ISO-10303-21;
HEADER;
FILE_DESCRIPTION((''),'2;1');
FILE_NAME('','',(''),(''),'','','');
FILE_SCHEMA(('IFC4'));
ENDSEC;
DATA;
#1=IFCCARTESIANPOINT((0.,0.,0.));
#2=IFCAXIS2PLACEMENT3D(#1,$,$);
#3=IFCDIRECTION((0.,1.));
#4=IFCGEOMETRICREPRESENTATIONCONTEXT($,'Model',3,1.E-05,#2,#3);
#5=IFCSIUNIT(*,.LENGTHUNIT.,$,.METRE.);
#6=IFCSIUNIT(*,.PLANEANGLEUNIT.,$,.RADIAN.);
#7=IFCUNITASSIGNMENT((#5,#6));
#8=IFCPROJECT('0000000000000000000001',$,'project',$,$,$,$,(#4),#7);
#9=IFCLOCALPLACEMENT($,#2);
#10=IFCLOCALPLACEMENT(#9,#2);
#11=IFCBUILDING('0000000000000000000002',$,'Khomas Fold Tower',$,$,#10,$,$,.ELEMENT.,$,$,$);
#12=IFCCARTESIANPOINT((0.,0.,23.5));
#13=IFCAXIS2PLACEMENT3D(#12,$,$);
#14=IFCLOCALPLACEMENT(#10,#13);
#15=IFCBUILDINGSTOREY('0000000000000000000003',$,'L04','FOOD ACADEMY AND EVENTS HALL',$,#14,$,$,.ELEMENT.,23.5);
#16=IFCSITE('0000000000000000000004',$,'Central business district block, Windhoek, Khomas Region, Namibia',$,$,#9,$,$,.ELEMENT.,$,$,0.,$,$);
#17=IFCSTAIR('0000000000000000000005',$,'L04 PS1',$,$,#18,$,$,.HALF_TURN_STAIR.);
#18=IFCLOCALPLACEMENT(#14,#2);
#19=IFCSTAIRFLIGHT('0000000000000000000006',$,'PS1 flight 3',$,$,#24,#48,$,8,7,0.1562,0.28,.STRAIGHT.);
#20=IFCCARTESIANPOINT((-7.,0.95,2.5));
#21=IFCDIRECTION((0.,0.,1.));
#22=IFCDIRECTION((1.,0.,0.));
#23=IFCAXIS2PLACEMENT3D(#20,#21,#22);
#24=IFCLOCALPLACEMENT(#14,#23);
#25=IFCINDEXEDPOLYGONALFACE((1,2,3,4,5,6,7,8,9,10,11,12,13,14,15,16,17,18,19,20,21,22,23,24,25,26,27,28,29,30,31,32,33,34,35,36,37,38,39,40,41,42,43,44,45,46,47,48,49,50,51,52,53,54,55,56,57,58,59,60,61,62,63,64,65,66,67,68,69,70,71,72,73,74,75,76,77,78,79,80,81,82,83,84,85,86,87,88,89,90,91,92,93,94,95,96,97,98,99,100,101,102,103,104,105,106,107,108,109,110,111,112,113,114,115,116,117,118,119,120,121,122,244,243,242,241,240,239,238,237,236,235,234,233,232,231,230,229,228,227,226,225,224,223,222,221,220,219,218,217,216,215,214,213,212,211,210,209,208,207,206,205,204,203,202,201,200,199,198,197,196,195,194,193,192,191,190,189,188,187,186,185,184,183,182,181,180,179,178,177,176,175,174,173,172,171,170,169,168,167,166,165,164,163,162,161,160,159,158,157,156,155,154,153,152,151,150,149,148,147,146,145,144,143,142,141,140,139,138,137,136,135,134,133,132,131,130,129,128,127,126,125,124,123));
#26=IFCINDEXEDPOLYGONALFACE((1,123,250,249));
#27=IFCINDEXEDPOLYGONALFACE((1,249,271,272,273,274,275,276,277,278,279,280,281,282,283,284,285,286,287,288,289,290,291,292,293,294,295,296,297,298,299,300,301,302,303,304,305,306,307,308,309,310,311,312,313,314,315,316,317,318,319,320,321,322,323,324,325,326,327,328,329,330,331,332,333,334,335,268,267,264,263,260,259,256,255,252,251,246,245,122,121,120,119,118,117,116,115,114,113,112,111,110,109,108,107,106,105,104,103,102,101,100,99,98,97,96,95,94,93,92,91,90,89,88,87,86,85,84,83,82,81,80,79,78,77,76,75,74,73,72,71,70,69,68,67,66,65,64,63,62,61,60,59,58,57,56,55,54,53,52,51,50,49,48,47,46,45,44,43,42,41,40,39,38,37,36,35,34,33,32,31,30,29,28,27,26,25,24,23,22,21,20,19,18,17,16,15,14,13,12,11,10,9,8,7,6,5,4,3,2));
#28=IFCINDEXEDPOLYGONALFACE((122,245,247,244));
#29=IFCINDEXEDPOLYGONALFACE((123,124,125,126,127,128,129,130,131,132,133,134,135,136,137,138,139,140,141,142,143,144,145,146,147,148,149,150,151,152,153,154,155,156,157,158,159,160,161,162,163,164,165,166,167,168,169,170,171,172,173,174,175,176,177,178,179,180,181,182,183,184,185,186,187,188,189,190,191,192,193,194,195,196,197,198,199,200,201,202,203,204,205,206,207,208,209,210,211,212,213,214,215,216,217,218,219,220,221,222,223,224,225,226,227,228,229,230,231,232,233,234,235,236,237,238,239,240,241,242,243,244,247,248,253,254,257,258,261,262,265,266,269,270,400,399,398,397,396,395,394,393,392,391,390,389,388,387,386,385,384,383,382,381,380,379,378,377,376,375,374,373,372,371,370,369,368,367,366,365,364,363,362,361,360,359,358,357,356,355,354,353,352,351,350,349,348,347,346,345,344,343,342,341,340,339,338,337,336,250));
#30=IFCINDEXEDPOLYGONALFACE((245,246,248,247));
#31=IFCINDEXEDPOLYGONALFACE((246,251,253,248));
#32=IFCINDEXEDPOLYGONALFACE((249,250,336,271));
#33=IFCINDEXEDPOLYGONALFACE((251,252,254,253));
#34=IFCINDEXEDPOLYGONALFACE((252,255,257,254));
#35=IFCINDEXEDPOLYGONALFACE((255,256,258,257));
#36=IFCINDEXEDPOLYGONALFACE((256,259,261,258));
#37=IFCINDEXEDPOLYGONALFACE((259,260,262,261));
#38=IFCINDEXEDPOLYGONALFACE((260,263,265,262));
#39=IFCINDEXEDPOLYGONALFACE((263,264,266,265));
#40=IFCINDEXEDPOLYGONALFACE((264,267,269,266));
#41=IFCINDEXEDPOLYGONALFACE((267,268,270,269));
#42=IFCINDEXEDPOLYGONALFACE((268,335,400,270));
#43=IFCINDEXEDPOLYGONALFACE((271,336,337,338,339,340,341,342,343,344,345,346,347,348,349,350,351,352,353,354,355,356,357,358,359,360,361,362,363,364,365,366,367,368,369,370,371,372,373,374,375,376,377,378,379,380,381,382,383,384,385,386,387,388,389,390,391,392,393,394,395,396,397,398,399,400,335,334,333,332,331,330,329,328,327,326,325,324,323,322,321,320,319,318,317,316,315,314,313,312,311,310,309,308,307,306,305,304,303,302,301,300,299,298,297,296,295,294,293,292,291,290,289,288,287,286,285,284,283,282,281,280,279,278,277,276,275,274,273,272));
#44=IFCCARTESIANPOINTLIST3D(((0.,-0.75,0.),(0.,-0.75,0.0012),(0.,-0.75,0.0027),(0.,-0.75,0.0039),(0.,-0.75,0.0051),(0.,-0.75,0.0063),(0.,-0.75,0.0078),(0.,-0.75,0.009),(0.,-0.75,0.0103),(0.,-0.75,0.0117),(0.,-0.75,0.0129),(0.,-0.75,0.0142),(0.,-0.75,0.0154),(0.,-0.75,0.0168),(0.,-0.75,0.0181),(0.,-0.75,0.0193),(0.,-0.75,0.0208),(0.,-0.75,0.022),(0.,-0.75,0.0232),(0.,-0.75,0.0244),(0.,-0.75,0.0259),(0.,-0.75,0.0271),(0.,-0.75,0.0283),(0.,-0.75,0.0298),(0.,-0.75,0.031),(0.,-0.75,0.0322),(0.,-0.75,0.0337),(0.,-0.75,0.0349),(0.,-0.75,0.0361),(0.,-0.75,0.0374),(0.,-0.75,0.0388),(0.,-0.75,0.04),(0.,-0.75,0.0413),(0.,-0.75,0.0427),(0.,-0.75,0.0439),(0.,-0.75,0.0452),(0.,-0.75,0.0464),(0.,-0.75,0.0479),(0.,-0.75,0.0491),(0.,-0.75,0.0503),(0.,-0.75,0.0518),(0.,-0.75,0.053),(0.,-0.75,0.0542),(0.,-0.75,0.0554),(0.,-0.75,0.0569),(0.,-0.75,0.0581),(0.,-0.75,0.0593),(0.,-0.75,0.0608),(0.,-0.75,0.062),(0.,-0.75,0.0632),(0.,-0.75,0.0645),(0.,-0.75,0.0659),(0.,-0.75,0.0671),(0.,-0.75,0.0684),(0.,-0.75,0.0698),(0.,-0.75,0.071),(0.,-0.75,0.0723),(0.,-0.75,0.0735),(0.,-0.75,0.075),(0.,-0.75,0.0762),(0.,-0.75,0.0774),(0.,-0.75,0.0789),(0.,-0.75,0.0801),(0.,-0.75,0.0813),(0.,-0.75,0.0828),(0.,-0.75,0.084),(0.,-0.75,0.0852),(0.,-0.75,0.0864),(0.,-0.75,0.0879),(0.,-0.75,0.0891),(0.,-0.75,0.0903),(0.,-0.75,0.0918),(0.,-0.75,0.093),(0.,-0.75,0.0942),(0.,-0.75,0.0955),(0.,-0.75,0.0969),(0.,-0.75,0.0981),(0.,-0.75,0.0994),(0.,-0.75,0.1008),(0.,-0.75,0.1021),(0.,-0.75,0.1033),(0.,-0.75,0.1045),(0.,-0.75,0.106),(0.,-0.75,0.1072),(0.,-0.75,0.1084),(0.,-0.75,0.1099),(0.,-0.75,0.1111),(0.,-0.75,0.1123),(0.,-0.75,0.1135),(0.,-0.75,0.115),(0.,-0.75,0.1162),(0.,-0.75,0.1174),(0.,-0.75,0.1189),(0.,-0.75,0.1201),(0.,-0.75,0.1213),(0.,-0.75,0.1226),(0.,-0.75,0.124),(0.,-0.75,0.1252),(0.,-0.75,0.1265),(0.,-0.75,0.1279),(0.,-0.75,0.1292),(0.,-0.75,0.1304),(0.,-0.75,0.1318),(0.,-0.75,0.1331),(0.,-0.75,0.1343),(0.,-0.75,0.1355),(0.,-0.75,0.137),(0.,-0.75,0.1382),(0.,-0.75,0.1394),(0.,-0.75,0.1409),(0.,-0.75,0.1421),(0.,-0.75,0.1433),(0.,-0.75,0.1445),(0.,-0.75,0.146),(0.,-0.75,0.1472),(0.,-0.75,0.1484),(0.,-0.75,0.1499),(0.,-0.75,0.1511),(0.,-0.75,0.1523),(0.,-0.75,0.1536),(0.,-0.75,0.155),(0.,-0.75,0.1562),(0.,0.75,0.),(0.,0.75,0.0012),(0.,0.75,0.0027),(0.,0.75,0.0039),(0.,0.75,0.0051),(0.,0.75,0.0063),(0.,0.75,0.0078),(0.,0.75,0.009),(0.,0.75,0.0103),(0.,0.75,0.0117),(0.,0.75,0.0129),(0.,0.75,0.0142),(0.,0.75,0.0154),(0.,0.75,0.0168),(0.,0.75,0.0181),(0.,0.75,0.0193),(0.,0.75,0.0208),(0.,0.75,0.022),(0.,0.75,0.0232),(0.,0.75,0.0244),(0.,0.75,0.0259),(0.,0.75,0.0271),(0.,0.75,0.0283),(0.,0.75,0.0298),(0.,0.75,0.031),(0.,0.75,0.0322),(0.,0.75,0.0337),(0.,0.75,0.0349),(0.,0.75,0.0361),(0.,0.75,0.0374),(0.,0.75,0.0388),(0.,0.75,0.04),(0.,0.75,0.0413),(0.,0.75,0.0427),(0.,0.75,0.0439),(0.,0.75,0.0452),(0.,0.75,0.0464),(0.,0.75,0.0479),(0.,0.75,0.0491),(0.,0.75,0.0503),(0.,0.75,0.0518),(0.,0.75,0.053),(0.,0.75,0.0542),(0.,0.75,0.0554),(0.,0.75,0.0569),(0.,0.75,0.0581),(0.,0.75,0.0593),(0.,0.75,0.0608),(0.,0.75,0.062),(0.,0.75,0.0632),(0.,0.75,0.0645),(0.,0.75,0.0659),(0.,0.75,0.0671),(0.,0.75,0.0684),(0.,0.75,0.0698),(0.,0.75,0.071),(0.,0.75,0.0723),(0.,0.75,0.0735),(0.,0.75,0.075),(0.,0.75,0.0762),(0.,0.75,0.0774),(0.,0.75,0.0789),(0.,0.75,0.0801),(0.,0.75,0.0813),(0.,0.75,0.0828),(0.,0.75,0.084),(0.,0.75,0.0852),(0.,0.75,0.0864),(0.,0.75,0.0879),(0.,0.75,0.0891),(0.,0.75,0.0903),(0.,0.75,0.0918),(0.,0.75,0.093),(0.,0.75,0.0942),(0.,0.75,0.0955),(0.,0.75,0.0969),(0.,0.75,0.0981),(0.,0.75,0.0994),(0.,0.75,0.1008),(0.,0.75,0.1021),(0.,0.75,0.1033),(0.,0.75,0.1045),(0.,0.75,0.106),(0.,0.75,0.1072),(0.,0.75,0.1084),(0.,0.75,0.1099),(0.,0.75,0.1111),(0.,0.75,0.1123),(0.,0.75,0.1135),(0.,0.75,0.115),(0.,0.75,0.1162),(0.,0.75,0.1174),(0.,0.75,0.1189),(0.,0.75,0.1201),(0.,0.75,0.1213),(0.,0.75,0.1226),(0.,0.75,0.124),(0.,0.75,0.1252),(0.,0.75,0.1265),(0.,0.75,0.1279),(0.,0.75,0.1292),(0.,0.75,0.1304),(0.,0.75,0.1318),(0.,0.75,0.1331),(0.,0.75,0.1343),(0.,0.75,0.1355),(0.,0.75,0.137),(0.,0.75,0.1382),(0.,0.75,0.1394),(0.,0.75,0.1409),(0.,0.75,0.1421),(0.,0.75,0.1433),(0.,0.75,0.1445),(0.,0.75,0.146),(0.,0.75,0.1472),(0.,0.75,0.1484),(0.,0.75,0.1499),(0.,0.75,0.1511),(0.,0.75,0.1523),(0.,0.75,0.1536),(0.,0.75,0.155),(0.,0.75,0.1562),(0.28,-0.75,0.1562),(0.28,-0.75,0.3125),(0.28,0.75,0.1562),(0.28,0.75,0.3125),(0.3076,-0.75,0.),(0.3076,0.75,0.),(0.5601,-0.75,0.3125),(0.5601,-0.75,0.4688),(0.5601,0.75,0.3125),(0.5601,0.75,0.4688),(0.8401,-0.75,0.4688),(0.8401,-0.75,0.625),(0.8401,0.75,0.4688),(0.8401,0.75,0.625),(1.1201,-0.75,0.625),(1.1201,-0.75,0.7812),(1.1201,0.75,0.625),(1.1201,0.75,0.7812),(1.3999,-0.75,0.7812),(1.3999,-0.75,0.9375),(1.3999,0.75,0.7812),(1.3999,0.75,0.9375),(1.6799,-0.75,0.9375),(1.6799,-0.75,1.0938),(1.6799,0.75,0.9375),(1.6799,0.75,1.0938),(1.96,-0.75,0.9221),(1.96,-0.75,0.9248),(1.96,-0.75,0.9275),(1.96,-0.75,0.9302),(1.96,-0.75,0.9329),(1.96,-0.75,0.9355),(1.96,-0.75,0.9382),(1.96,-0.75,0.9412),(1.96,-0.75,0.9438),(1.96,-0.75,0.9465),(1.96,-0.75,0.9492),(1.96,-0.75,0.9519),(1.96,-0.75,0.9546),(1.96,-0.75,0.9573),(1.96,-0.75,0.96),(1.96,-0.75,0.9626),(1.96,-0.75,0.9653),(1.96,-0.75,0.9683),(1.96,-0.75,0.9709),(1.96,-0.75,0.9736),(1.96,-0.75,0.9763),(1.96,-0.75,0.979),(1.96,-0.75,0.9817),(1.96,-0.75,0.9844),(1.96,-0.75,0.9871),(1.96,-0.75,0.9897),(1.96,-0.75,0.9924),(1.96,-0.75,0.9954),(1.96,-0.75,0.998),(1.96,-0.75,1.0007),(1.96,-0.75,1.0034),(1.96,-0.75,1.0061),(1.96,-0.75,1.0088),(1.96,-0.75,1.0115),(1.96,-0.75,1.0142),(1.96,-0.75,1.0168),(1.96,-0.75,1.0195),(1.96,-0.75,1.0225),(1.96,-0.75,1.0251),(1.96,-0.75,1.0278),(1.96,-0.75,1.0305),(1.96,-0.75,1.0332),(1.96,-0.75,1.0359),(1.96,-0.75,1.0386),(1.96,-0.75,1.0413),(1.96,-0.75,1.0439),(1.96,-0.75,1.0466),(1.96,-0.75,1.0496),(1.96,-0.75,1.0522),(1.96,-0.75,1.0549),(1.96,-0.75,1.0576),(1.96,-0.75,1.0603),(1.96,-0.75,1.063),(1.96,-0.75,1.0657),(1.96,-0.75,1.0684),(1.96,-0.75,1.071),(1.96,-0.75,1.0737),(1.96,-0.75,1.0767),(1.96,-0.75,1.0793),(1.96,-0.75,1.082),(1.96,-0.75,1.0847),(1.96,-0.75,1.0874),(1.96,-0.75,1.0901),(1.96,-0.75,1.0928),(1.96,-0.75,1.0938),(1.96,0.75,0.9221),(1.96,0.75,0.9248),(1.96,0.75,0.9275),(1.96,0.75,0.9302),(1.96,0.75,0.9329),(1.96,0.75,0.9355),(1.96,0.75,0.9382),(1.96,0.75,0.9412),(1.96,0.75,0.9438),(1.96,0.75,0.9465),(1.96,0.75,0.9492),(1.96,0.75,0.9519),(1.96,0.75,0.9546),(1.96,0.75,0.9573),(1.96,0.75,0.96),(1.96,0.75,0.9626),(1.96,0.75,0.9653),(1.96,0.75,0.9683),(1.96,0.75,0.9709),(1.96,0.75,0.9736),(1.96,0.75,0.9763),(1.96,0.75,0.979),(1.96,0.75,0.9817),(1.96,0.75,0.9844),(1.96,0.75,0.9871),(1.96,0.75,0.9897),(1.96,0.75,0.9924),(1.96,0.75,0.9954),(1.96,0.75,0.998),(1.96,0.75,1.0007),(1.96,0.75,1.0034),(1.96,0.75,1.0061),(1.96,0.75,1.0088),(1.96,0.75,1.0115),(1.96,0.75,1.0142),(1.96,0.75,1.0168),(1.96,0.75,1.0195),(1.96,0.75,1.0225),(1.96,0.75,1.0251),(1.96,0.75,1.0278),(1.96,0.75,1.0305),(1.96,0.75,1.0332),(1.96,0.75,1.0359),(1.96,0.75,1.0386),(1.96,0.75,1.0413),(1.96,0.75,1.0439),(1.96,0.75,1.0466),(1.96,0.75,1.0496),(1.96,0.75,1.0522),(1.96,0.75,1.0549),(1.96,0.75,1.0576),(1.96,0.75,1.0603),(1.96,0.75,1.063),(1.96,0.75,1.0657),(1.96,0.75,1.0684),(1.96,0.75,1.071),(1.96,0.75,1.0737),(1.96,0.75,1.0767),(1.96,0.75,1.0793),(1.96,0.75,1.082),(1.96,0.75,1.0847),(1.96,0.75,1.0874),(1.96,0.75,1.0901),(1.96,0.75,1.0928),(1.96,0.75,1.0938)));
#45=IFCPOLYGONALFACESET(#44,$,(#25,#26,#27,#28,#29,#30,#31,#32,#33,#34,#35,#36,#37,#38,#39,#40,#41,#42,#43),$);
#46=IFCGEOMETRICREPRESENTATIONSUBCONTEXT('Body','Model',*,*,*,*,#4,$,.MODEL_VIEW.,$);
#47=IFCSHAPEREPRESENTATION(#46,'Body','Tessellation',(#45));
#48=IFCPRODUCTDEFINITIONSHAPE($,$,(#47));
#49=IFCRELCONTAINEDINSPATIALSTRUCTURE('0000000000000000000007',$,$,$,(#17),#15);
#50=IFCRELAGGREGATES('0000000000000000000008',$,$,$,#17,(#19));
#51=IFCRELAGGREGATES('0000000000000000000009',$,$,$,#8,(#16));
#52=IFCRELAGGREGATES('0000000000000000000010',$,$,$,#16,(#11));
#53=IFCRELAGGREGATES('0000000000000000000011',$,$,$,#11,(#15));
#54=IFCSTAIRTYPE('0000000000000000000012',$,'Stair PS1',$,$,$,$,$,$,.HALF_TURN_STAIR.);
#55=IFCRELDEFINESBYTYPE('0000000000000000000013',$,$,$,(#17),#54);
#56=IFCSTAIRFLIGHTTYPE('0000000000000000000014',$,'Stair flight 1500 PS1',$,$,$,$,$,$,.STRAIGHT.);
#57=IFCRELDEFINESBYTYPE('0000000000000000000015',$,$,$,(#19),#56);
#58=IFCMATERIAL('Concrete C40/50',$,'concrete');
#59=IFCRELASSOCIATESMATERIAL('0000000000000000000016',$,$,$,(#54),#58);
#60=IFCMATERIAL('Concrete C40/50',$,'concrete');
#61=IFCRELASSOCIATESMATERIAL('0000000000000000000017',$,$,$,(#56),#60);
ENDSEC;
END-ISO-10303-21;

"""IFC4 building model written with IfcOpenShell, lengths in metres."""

from ifc_helpers import new_model, si_unit, direction, frame, origin, place, context, subcontext, project, spatial, polyline, outline, extrude, source, transform, mapped, material, type_object, element, aggregate, save


model = new_model("IFC4")

# Units and contexts
model_context = context("Model", 3, precision=1e-05, world=origin(), true_north=direction((0.0, 1.0)))
body_context = subcontext(model_context, "Body", "Model", "MODEL_VIEW")
ifc_project = project(units=[si_unit("LENGTHUNIT", "METRE"), si_unit("PLANEANGLEUNIT", "RADIAN")], contexts=[model_context])

# Site, building, storey
site_placement = place(None, origin())
site = spatial("IfcSite", under=ifc_project, at=site_placement, Name="Central business district block, Windhoek, Khomas Region, Namibia", CompositionType="ELEMENT", RefElevation=0.0)
building_placement = place(site_placement, origin())
building = spatial("IfcBuilding", under=site, at=building_placement, Name="Khomas Fold Tower", CompositionType="ELEMENT")
storey_placement = place(building_placement, frame((0.0, 0.0, 23.5)))
storey = spatial("IfcBuildingStorey", under=building, at=storey_placement, Name="L04", Description="FOOD ACADEMY AND EVENTS HALL", CompositionType="ELEMENT", Elevation=23.5)

# Stair, stair flight
ifc_material_1 = material(Name="Concrete C40/50", Category="concrete")
stair_type = type_object("IfcStairType", Name="Stair PS1", PredefinedType="HALF_TURN_STAIR", material=ifc_material_1)
stair_placement = place(storey_placement, origin())
stair = element("IfcStair", 1, at=stair_placement, inside=storey, type_object=stair_type, Name="L04 PS1", PredefinedType="HALF_TURN_STAIR")
ifc_material_2 = material(Name="Concrete C40/50", Category="concrete")
stair_flight_type = type_object("IfcStairFlightType", Name="Stair flight 1500 PS1", PredefinedType="STRAIGHT", material=ifc_material_2)
shared_shape_1 = source(origin(), body_context, "Body", "SweptSolid", [
    extrude(outline(polyline([(0.0, 0.0), (0.0, 0.0012), (0.0, 0.0027), (0.0, 0.0039), (0.0, 0.0051), (0.0, 0.0063), (0.0, 0.0078), (0.0, 0.009), (0.0, 0.0103), (0.0, 0.0117), (0.0, 0.0129), (0.0, 0.0142), (0.0, 0.0154), (0.0, 0.0168), (0.0, 0.0181), (0.0, 0.0193), (0.0, 0.0208), (0.0, 0.022), (0.0, 0.0232), (0.0, 0.0244), (0.0, 0.0259), (0.0, 0.0271), (0.0, 0.0283), (0.0, 0.0298), (0.0, 0.031), (0.0, 0.0322), (0.0, 0.0337), (0.0, 0.0349), (0.0, 0.0361), (0.0, 0.0374), (0.0, 0.0388), (0.0, 0.04), (0.0, 0.0413), (0.0, 0.0427), (0.0, 0.0439), (0.0, 0.0452), (0.0, 0.0464), (0.0, 0.0479), (0.0, 0.0491), (0.0, 0.0503), (0.0, 0.0518), (0.0, 0.053), (0.0, 0.0542), (0.0, 0.0554), (0.0, 0.0569), (0.0, 0.0581), (0.0, 0.0593), (0.0, 0.0608), (0.0, 0.062), (0.0, 0.0632), (0.0, 0.0645), (0.0, 0.0659), (0.0, 0.0671), (0.0, 0.0684), (0.0, 0.0698), (0.0, 0.071), (0.0, 0.0723), (0.0, 0.0735), (0.0, 0.075), (0.0, 0.0762), (0.0, 0.0774), (0.0, 0.0789), (0.0, 0.0801), (0.0, 0.0813), (0.0, 0.0828), (0.0, 0.084), (0.0, 0.0852), (0.0, 0.0864), (0.0, 0.0879), (0.0, 0.0891), (0.0, 0.0903), (0.0, 0.0918), (0.0, 0.093), (0.0, 0.0942), (0.0, 0.0955), (0.0, 0.0969), (0.0, 0.0981), (0.0, 0.0994), (0.0, 0.1008), (0.0, 0.1021), (0.0, 0.1033), (0.0, 0.1045), (0.0, 0.106), (0.0, 0.1072), (0.0, 0.1084), (0.0, 0.1099), (0.0, 0.1111), (0.0, 0.1123), (0.0, 0.1135), (0.0, 0.115), (0.0, 0.1162), (0.0, 0.1174), (0.0, 0.1189), (0.0, 0.1201), (0.0, 0.1213), (0.0, 0.1226), (0.0, 0.124), (0.0, 0.1252), (0.0, 0.1265), (0.0, 0.1279), (0.0, 0.1292), (0.0, 0.1304), (0.0, 0.1318), (0.0, 0.1331), (0.0, 0.1343), (0.0, 0.1355), (0.0, 0.137), (0.0, 0.1382), (0.0, 0.1394), (0.0, 0.1409), (0.0, 0.1421), (0.0, 0.1433), (0.0, 0.1445), (0.0, 0.146), (0.0, 0.1472), (0.0, 0.1484), (0.0, 0.1499), (0.0, 0.1511), (0.0, 0.1523), (0.0, 0.1536), (0.0, 0.155), (0.0, 0.1562), (0.28, 0.1562), (0.28, 0.3125), (0.5601, 0.3125), (0.5601, 0.4688), (0.8401, 0.4688), (0.8401, 0.625), (1.1201, 0.625), (1.1201, 0.7812), (1.3999, 0.7812), (1.3999, 0.9375), (1.6799, 0.9375), (1.6799, 1.0938), (1.96, 1.0938), (1.96, 1.25), (1.96, 1.2473), (1.96, 1.2446), (1.96, 1.2419), (1.96, 1.2393), (1.96, 1.2363), (1.96, 1.2336), (1.96, 1.231), (1.96, 1.2283), (1.96, 1.2256), (1.96, 1.2229), (1.96, 1.2202), (1.96, 1.2175), (1.96, 1.2148), (1.96, 1.2122), (1.96, 1.2092), (1.96, 1.2065), (1.96, 1.2039), (1.96, 1.2012), (1.96, 1.1985), (1.96, 1.1958), (1.96, 1.1931), (1.96, 1.1904), (1.96, 1.1877), (1.96, 1.1851), (1.96, 1.1821), (1.96, 1.1794), (1.96, 1.1768), (1.96, 1.1741), (1.96, 1.1714), (1.96, 1.1687), (1.96, 1.166), (1.96, 1.1633), (1.96, 1.1606), (1.96, 1.158), (1.96, 1.155), (1.96, 1.1523), (1.96, 1.1497), (1.96, 1.147), (1.96, 1.1443), (1.96, 1.1416), (1.96, 1.1389), (1.96, 1.1362), (1.96, 1.1335), (1.96, 1.1309), (1.96, 1.1279), (1.96, 1.1252), (1.96, 1.1226), (1.96, 1.1199), (1.96, 1.1172), (1.96, 1.1145), (1.96, 1.1118), (1.96, 1.1091), (1.96, 1.1064), (1.96, 1.1038), (1.96, 1.1008), (1.96, 1.0981), (1.96, 1.0955), (1.96, 1.0928), (1.96, 1.0901), (1.96, 1.0874), (1.96, 1.0847), (1.96, 1.082), (1.96, 1.0793), (1.96, 1.0767), (1.96, 1.0737), (1.96, 1.071), (1.96, 1.0684), (1.96, 1.0657), (1.96, 1.063), (1.96, 1.0603), (1.96, 1.0576), (1.96, 1.0549), (1.96, 1.0522), (1.96, 1.0496), (1.96, 1.0466), (1.96, 1.0439), (1.96, 1.0413), (1.96, 1.0386), (1.96, 1.0359), (1.96, 1.0332), (1.96, 1.0305), (1.96, 1.0278), (1.96, 1.0251), (1.96, 1.0225), (1.96, 1.0195), (1.96, 1.0168), (1.96, 1.0142), (1.96, 1.0115), (1.96, 1.0088), (1.96, 1.0061), (1.96, 1.0034), (1.96, 1.0007), (1.96, 0.998), (1.96, 0.9954), (1.96, 0.9924), (1.96, 0.9897), (1.96, 0.9871), (1.96, 0.9844), (1.96, 0.9817), (1.96, 0.979), (1.96, 0.9763), (1.96, 0.9736), (1.96, 0.9709), (1.96, 0.9683), (1.96, 0.9653), (1.96, 0.9626), (1.96, 0.96), (1.96, 0.9573), (1.96, 0.9546), (1.96, 0.9519), (1.96, 0.9492), (1.96, 0.9465), (1.96, 0.9438), (1.96, 0.9412), (1.96, 0.9382), (1.96, 0.9355), (1.96, 0.9329), (1.96, 0.9302), (1.96, 0.9275), (1.96, 0.9248), (1.96, 0.9221), (0.3076, 0.0), (0.0, 0.0)])), frame((0.0, 0.75, 0.0), z_axis=(0.0, -1.0, 0.0), x_axis=(1.0, 0.0, 0.0)), (0.0, 0.0, 1.0), 1.5),
])
stair_flight_1_placement = place(storey_placement, frame((-7.0, 0.95, 2.5), z_axis=(0.0, 0.0, 1.0), x_axis=(1.0, 0.0, 0.0)))
stair_flight_1 = element("IfcStairFlight", 2, at=stair_flight_1_placement, type_object=stair_flight_type, Name="PS1 flight 3", NumberOfRisers=8, NumberOfTreads=7, PredefinedType="STRAIGHT", RiserHeight=0.1562, TreadLength=0.28, context=body_context, shape_type="MappedRepresentation", body=[
    mapped(shared_shape_1, transform((0.0, 0.0, 0.0))),
])
aggregate(stair, [stair_flight_1])

save(model, "model.ifc")
